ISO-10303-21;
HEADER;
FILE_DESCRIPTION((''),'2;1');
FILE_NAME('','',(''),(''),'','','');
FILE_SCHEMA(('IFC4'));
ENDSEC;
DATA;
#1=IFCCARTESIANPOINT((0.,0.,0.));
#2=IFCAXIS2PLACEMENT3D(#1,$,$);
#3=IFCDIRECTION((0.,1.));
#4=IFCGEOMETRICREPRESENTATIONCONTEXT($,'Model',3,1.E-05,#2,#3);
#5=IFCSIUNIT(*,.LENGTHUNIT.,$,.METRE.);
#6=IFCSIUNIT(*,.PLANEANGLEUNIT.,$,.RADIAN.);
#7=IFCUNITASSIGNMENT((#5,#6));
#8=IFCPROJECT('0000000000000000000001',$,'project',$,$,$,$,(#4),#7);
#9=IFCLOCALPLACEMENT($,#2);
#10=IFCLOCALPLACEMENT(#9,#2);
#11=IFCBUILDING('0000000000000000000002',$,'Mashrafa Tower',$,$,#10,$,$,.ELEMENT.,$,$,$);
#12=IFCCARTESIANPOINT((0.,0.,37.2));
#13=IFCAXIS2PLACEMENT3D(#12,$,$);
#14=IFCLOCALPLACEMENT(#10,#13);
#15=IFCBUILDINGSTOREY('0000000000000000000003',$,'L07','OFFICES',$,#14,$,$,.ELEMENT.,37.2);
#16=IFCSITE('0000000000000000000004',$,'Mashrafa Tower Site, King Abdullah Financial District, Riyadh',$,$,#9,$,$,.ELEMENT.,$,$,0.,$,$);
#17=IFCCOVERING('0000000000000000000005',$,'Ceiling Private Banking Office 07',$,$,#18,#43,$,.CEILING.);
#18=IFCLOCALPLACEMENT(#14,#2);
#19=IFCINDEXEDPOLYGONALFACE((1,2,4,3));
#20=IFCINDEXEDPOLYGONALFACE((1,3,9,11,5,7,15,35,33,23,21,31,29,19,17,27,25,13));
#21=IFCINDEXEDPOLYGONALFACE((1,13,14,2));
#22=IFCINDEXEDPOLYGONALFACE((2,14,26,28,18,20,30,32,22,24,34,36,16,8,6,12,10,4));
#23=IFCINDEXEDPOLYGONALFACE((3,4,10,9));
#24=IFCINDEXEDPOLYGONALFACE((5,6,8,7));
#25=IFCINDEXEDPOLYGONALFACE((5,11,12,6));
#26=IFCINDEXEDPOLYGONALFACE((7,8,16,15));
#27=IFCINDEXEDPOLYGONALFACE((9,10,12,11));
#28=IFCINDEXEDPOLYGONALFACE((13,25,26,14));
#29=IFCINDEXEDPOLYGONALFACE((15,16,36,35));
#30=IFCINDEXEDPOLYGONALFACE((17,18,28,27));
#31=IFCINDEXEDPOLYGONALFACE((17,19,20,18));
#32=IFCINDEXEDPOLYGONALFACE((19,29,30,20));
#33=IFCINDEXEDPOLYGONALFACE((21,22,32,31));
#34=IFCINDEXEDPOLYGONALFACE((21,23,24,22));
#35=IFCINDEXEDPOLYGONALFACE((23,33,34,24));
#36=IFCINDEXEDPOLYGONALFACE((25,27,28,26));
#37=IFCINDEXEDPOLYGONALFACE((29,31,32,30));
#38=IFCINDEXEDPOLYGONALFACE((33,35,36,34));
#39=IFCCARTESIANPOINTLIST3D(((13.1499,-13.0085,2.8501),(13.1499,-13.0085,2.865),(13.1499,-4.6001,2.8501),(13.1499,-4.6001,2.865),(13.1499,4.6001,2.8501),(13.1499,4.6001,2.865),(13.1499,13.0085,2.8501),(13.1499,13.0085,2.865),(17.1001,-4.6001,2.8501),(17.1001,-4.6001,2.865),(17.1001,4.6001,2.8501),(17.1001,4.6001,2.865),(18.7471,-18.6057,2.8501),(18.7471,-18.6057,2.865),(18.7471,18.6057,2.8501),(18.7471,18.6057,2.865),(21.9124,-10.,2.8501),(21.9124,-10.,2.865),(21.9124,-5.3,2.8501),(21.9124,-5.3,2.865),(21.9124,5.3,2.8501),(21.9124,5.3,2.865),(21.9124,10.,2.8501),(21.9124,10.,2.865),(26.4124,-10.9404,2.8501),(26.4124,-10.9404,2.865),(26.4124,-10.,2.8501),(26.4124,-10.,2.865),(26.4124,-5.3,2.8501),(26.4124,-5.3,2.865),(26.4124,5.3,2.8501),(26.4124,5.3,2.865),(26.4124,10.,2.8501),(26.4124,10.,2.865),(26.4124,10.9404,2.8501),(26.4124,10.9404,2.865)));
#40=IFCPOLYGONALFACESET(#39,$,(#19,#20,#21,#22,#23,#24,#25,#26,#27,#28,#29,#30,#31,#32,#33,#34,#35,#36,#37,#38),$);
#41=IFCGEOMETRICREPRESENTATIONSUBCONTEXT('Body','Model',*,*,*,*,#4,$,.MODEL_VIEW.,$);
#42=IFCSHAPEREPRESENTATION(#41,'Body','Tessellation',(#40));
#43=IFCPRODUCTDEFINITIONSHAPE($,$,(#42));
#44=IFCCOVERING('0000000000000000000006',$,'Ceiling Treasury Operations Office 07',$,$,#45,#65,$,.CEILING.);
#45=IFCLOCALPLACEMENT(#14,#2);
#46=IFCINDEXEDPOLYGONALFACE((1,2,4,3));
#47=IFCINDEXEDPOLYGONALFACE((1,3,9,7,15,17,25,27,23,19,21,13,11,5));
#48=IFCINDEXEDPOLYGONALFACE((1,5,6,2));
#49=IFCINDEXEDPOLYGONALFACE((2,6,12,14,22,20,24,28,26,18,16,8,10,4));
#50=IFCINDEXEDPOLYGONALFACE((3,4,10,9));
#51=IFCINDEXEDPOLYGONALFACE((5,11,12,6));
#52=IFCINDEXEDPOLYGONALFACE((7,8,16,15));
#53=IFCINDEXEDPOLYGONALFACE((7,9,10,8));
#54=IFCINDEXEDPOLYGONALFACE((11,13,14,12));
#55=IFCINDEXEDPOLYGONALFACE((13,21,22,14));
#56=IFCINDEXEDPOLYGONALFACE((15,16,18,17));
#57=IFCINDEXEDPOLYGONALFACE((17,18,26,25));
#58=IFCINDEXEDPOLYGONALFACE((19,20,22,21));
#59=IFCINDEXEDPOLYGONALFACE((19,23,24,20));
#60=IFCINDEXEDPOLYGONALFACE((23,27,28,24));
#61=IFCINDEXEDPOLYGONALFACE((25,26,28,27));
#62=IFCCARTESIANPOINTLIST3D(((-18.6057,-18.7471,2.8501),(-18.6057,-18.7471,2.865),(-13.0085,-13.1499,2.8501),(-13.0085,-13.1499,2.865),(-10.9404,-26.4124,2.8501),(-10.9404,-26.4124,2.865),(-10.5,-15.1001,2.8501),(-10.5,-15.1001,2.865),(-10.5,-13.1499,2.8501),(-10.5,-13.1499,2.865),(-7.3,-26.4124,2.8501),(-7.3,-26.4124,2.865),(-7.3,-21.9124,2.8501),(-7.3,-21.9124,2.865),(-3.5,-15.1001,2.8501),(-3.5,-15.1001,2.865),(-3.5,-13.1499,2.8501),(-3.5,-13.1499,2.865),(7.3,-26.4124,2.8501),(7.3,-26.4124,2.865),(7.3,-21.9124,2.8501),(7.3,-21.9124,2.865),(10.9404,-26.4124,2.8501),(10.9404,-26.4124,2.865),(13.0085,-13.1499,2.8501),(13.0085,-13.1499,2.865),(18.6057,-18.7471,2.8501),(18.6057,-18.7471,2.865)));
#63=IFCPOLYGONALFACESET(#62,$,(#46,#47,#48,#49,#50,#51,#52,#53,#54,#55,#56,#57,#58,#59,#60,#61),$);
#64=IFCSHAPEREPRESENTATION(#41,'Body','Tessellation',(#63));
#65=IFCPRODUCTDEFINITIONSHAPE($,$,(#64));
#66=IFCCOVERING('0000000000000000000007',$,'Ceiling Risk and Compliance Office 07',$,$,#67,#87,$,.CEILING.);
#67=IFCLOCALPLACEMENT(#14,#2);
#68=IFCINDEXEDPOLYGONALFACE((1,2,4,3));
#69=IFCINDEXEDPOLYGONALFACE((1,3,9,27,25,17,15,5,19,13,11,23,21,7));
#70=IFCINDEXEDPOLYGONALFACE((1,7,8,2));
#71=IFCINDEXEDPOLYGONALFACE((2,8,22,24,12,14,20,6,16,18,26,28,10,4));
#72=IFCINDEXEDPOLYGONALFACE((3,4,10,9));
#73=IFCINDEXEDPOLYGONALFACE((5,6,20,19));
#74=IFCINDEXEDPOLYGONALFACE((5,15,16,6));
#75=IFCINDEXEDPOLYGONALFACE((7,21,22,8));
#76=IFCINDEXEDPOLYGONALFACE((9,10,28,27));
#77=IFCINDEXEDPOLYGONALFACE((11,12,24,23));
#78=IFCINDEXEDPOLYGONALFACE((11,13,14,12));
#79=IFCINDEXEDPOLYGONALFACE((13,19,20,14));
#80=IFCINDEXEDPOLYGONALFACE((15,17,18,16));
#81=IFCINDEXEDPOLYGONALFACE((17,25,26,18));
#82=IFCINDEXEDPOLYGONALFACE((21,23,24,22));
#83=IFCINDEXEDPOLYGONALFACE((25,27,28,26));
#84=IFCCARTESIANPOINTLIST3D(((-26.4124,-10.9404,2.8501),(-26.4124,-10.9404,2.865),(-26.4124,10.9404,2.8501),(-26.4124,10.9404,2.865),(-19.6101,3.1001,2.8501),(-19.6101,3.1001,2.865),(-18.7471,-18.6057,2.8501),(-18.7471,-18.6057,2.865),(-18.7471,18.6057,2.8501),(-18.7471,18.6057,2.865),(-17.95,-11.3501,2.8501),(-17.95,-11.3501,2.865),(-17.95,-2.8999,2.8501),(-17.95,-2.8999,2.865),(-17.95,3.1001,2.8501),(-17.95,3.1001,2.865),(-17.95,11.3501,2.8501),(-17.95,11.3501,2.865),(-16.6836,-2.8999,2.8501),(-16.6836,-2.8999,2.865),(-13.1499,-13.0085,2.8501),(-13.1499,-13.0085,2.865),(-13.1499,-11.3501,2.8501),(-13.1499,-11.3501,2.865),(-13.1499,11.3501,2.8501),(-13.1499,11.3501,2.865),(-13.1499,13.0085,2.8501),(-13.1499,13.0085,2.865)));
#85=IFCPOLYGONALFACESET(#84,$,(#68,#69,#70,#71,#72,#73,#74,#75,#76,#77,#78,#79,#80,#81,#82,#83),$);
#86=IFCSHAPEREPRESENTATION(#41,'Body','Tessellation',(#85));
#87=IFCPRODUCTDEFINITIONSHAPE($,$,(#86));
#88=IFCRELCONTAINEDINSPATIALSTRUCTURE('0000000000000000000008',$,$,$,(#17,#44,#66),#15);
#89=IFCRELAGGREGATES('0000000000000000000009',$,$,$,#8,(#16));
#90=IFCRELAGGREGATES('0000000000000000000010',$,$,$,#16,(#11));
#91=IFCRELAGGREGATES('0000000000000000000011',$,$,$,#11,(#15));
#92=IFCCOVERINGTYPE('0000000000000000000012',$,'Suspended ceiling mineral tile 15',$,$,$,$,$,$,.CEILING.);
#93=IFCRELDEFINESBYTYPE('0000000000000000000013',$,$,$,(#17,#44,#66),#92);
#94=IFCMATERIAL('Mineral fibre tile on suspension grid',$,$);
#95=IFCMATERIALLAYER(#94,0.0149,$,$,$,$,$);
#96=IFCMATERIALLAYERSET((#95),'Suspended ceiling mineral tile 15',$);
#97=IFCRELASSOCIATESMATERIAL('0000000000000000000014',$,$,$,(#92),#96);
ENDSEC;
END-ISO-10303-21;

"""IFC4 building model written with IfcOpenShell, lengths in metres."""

from ifc_helpers import new_model, si_unit, direction, frame, origin, place, context, subcontext, project, spatial, polyline, outline, extrude, material, layer, layer_set, type_object, element, save


model = new_model("IFC4")

# Units and contexts
model_context = context("Model", 3, precision=1e-05, world=origin(), true_north=direction((0.0, 1.0)))
body_context = subcontext(model_context, "Body", "Model", "MODEL_VIEW")
ifc_project = project(units=[si_unit("LENGTHUNIT", "METRE"), si_unit("PLANEANGLEUNIT", "RADIAN")], contexts=[model_context])

# Site, building, storey
site_placement = place(None, origin())
site = spatial("IfcSite", under=ifc_project, at=site_placement, Name="Mashrafa Tower Site, King Abdullah Financial District, Riyadh", CompositionType="ELEMENT", RefElevation=0.0)
building_placement = place(site_placement, origin())
building = spatial("IfcBuilding", under=site, at=building_placement, Name="Mashrafa Tower", CompositionType="ELEMENT")
storey_placement = place(building_placement, frame((0.0, 0.0, 37.2)))
storey = spatial("IfcBuildingStorey", under=building, at=storey_placement, Name="L07", Description="OFFICES", CompositionType="ELEMENT", Elevation=37.2)

# Coverings
ifc_material_1 = material(Name="Mineral fibre tile on suspension grid")
ifc_layer_1 = layer(ifc_material_1, 0.0149)
ifc_layer_set_1 = layer_set([ifc_layer_1], Name="Suspended ceiling mineral tile 15")
covering_type = type_object("IfcCoveringType", Name="Suspended ceiling mineral tile 15", PredefinedType="CEILING", material=ifc_layer_set_1)
covering_1_placement = place(storey_placement, frame((0.0, 0.0, 2.8501)))
element("IfcCovering", 1, at=covering_1_placement, inside=storey, type_object=covering_type, Name="Ceiling Private Banking Office 07", PredefinedType="CEILING", context=body_context, shape_type="SweptSolid", body=[
    extrude(outline(polyline([(13.1499, 13.0085), (18.7471, 18.6057), (26.4124, 10.9404), (26.4124, 10.0), (21.9124, 10.0), (21.9124, 5.3), (26.4124, 5.3), (26.4124, -5.3), (21.9124, -5.3), (21.9124, -10.0), (26.4124, -10.0), (26.4124, -10.9404), (18.7471, -18.6057), (13.1499, -13.0085), (13.1499, -4.6001), (17.1001, -4.6001), (17.1001, 4.6001), (13.1499, 4.6001), (13.1499, 13.0085)])), origin(), (0.0, 0.0, 1.0), 0.0149),
])
covering_2_placement = place(storey_placement, frame((0.0, 0.0, 2.8501)))
element("IfcCovering", 2, at=covering_2_placement, inside=storey, type_object=covering_type, Name="Ceiling Treasury Operations Office 07", PredefinedType="CEILING", context=body_context, shape_type="SweptSolid", body=[
    extrude(outline(polyline([(13.0085, -13.1499), (18.6057, -18.7471), (10.9404, -26.4124), (7.3, -26.4124), (7.3, -21.9124), (-7.3, -21.9124), (-7.3, -26.4124), (-10.9404, -26.4124), (-18.6057, -18.7471), (-13.0085, -13.1499), (-10.5, -13.1499), (-10.5, -15.1001), (-3.5, -15.1001), (-3.5, -13.1499), (13.0085, -13.1499)])), origin(), (0.0, 0.0, 1.0), 0.0149),
])
covering_3_placement = place(storey_placement, frame((0.0, 0.0, 2.8501)))
element("IfcCovering", 3, at=covering_3_placement, inside=storey, type_object=covering_type, Name="Ceiling Risk and Compliance Office 07", PredefinedType="CEILING", context=body_context, shape_type="SweptSolid", body=[
    extrude(outline(polyline([(-13.1499, -13.0085), (-18.7471, -18.6057), (-26.4124, -10.9404), (-26.4124, 10.9404), (-18.7471, 18.6057), (-13.1499, 13.0085), (-13.1499, 11.3501), (-17.95, 11.3501), (-17.95, 3.1001), (-19.6101, 3.1001), (-16.6836, -2.8999), (-17.95, -2.8999), (-17.95, -11.3501), (-13.1499, -11.3501), (-13.1499, -13.0085)])), origin(), (0.0, 0.0, 1.0), 0.0149),
])

save(model, "model.ifc")
